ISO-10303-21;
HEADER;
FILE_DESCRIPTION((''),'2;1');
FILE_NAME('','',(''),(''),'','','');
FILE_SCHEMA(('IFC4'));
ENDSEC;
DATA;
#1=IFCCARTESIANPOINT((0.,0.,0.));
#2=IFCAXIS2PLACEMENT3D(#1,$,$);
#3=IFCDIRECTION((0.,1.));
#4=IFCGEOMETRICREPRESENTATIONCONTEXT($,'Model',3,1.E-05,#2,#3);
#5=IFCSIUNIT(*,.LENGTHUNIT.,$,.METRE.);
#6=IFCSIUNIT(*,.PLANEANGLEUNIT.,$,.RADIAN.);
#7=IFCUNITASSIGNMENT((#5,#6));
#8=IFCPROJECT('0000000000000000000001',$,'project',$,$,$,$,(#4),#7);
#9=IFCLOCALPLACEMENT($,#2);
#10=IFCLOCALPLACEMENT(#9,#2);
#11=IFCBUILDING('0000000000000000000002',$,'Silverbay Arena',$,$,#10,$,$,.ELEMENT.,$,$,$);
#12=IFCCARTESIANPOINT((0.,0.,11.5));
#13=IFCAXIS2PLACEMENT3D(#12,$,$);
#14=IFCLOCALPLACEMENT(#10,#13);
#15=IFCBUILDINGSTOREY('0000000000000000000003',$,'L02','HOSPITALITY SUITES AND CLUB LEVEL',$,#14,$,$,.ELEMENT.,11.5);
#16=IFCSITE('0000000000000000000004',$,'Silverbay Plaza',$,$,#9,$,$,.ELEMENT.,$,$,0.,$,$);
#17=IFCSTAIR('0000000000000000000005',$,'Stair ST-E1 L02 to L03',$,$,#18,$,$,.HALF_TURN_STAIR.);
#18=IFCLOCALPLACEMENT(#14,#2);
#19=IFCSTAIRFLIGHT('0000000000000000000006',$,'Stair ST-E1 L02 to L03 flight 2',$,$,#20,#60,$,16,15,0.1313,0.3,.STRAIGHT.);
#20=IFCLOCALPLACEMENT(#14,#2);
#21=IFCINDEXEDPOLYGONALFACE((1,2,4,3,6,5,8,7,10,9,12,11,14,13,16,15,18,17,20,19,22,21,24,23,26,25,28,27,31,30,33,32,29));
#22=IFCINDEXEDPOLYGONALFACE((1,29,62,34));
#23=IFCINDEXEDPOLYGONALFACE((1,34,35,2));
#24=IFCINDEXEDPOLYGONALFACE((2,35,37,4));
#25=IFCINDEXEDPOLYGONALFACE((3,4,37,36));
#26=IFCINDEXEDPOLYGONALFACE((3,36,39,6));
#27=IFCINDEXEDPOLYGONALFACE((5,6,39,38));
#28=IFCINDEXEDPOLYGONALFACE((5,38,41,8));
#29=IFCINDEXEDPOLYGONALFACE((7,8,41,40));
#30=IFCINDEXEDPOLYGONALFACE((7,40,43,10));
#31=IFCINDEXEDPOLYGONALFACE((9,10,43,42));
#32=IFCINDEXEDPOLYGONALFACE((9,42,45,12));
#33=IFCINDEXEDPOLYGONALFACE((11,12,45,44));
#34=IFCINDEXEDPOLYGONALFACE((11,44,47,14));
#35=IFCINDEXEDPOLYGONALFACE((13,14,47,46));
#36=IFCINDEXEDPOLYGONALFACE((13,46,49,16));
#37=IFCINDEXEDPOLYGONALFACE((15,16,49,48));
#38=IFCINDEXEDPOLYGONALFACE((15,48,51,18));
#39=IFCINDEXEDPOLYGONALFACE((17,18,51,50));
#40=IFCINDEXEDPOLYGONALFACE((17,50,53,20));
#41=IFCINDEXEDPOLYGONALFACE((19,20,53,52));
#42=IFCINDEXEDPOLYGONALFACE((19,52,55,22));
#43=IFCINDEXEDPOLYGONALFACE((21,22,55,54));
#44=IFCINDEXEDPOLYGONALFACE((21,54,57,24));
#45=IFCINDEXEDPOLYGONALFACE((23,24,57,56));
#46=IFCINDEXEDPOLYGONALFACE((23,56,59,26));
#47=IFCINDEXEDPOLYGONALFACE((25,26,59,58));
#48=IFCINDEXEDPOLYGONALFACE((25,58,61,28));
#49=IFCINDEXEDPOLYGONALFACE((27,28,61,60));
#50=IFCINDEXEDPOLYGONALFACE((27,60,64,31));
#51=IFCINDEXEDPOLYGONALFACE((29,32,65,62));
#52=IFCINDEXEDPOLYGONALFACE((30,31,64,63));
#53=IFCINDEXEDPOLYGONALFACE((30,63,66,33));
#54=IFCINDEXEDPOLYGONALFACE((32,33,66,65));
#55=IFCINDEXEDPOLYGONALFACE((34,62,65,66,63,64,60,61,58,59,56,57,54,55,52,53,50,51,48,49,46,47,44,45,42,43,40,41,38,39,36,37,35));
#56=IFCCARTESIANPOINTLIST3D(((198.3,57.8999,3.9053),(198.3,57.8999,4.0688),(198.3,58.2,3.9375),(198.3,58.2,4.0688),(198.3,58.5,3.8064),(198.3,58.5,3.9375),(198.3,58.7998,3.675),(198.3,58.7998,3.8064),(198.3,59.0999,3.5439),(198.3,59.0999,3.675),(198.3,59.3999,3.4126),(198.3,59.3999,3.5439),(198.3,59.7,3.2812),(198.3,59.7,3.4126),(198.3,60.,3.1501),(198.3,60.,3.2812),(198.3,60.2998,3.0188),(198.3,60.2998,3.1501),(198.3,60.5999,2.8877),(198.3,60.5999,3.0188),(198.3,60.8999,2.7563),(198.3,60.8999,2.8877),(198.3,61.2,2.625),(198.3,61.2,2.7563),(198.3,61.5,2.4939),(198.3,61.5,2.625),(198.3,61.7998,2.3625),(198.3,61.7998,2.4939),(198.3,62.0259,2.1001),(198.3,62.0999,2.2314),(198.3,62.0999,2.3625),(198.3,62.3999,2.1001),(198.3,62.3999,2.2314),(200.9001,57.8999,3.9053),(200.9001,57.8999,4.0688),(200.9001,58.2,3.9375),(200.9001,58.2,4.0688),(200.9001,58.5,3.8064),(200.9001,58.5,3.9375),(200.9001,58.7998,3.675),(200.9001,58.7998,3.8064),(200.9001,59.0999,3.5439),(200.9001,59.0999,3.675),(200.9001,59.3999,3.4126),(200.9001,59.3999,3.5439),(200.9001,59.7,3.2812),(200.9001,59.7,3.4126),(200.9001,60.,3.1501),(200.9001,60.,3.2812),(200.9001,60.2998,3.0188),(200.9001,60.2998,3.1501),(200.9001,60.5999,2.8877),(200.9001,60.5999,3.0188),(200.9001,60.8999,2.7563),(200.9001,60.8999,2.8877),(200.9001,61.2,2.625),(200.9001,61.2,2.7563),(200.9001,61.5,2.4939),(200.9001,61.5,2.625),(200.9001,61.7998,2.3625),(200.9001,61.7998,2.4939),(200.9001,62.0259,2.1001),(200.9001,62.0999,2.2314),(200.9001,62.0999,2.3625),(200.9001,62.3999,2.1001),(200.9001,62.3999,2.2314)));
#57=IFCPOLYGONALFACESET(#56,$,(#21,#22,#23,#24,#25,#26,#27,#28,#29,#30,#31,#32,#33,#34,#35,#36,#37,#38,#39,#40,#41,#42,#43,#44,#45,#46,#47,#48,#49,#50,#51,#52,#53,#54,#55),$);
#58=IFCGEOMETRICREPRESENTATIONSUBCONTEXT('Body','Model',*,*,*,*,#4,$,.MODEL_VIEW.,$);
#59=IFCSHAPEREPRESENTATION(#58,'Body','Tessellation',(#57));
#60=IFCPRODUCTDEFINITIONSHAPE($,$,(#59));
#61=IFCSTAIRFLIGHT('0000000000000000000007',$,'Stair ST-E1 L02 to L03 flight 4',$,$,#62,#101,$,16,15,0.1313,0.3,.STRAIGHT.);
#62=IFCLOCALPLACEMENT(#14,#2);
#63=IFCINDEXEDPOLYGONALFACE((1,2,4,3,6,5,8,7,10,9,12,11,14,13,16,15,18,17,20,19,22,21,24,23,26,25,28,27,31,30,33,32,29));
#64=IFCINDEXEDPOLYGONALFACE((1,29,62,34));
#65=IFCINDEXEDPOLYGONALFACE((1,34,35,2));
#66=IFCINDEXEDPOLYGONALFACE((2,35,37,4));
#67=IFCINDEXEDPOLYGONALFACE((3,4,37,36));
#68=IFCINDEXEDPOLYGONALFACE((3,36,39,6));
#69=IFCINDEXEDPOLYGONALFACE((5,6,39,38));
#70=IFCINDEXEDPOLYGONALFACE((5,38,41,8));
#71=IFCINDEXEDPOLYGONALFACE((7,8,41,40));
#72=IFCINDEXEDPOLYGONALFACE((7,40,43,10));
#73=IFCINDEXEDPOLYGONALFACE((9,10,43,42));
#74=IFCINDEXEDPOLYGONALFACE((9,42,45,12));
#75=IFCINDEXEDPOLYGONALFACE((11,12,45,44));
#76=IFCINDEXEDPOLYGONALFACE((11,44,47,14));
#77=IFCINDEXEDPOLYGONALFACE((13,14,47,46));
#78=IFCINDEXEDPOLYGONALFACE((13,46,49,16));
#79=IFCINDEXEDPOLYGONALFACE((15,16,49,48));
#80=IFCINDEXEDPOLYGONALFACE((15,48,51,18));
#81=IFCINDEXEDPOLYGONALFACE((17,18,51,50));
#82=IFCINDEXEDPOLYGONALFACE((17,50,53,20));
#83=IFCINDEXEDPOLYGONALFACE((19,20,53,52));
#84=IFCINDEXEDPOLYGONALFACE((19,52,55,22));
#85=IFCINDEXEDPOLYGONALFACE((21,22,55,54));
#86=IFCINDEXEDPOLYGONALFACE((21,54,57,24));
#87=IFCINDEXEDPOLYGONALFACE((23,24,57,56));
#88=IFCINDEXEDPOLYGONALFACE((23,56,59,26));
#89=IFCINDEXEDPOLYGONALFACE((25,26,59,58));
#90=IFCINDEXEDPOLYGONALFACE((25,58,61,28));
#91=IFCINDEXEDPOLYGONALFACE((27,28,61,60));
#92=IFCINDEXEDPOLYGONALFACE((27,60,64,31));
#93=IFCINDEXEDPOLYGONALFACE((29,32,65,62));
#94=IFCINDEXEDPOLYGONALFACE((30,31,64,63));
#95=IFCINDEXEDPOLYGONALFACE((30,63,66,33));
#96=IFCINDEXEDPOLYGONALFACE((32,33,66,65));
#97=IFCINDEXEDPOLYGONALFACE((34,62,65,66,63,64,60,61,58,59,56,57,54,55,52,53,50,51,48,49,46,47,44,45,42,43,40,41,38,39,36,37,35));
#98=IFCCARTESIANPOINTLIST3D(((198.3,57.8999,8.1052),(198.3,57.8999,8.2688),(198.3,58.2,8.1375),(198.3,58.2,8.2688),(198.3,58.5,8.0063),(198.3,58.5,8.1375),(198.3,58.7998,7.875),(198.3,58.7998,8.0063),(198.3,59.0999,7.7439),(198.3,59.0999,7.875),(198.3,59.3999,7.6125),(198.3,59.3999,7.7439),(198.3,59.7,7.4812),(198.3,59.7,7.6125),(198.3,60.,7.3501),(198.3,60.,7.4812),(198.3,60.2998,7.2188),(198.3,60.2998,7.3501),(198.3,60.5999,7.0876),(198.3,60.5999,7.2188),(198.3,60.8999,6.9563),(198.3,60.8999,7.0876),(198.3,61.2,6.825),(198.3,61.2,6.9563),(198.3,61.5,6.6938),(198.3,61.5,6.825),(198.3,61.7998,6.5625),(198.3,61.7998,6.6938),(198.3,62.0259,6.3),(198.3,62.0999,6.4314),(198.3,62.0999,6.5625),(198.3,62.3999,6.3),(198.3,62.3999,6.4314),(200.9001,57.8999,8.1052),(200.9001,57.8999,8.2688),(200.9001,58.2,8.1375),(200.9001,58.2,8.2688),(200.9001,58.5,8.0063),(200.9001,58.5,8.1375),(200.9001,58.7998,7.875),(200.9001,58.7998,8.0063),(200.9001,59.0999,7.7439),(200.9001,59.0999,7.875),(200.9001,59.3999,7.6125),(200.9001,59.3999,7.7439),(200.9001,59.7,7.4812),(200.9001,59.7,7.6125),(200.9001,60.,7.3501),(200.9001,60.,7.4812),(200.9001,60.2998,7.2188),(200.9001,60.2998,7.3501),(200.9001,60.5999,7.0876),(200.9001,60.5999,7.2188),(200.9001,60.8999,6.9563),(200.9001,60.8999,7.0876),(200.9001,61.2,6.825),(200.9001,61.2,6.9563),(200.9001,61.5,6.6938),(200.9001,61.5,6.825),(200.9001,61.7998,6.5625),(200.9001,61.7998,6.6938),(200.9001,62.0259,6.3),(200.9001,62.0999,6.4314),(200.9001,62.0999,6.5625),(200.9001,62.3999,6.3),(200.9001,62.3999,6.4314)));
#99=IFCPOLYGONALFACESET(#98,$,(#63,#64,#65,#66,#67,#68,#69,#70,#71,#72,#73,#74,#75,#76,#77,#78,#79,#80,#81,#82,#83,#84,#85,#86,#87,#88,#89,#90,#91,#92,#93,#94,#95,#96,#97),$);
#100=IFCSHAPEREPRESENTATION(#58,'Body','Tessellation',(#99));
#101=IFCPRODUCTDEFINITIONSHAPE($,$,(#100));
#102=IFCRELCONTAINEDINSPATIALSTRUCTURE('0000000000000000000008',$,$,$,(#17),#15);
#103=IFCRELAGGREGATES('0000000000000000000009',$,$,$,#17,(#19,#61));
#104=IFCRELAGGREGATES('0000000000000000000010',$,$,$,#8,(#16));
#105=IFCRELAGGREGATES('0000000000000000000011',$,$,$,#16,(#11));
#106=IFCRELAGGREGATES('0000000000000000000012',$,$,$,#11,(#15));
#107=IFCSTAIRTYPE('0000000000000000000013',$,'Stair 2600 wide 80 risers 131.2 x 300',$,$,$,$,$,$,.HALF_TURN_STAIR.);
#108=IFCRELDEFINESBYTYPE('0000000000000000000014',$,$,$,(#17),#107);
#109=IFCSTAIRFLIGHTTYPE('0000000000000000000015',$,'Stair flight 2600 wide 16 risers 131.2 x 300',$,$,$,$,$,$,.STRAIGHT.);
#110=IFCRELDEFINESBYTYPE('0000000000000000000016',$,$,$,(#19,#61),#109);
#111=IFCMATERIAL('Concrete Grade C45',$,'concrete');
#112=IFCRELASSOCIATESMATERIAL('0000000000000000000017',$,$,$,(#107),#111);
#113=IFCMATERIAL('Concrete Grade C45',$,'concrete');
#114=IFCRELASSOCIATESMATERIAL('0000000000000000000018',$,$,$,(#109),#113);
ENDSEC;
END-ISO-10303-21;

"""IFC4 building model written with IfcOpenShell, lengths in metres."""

from ifc_helpers import new_model, si_unit, direction, frame, origin, place, context, subcontext, project, spatial, polyline, outline, extrude, material, type_object, element, aggregate, save


model = new_model("IFC4")

# Units and contexts
model_context = context("Model", 3, precision=1e-05, world=origin(), true_north=direction((0.0, 1.0)))
body_context = subcontext(model_context, "Body", "Model", "MODEL_VIEW")
ifc_project = project(units=[si_unit("LENGTHUNIT", "METRE"), si_unit("PLANEANGLEUNIT", "RADIAN")], contexts=[model_context])

# Site, building, storey
site_placement = place(None, origin())
site = spatial("IfcSite", under=ifc_project, at=site_placement, Name="Silverbay Plaza", CompositionType="ELEMENT", RefElevation=0.0)
building_placement = place(site_placement, origin())
building = spatial("IfcBuilding", under=site, at=building_placement, Name="Silverbay Arena", CompositionType="ELEMENT")
storey_placement = place(building_placement, frame((0.0, 0.0, 11.5)))
storey = spatial("IfcBuildingStorey", under=building, at=storey_placement, Name="L02", Description="HOSPITALITY SUITES AND CLUB LEVEL", CompositionType="ELEMENT", Elevation=11.5)

# Stair, stair flights
ifc_material_1 = material(Name="Concrete Grade C45", Category="concrete")
stair_type = type_object("IfcStairType", Name="Stair 2600 wide 80 risers 131.2 x 300", PredefinedType="HALF_TURN_STAIR", material=ifc_material_1)
stair_placement = place(storey_placement, origin())
stair = element("IfcStair", 1, at=stair_placement, inside=storey, type_object=stair_type, Name="Stair ST-E1 L02 to L03", PredefinedType="HALF_TURN_STAIR")
ifc_material_2 = material(Name="Concrete Grade C45", Category="concrete")
stair_flight_type = type_object("IfcStairFlightType", Name="Stair flight 2600 wide 16 risers 131.2 x 300", PredefinedType="STRAIGHT", material=ifc_material_2)
stair_flight_1_placement = place(storey_placement, frame((199.6001, 62.3999, 2.1001), z_axis=(0.0, 0.0, 1.0), x_axis=(0.0, -1.0, 0.0)))
stair_flight_1 = element("IfcStairFlight", 2, at=stair_flight_1_placement, type_object=stair_flight_type, Name="Stair ST-E1 L02 to L03 flight 2", NumberOfRisers=16, NumberOfTreads=15, PredefinedType="STRAIGHT", RiserHeight=0.1313, TreadLength=0.3, context=body_context, shape_type="SweptSolid", body=[
    extrude(outline(polyline([(0.0, 0.0), (0.0, 0.1313), (0.3, 0.1313), (0.3, 0.2625), (0.6001, 0.2625), (0.6001, 0.3938), (0.8999, 0.3938), (0.8999, 0.5249), (1.2, 0.5249), (1.2, 0.6562), (1.5, 0.6562), (1.5, 0.7876), (1.8, 0.7876), (1.8, 0.9187), (2.1001, 0.9187), (2.1001, 1.05), (2.3999, 1.05), (2.3999, 1.1812), (2.7, 1.1812), (2.7, 1.3125), (3.0, 1.3125), (3.0, 1.4438), (3.3, 1.4438), (3.3, 1.575), (3.6001, 1.575), (3.6001, 1.7063), (3.8999, 1.7063), (3.8999, 1.8374), (4.2, 1.8374), (4.2, 1.9688), (4.5, 1.9688), (4.5, 1.8052), (0.374, 0.0), (0.0, 0.0)])), frame((0.0, 1.3, 0.0), z_axis=(0.0, -1.0, 0.0), x_axis=(1.0, 0.0, 0.0)), (0.0, 0.0, 1.0), 2.6001),
])
stair_flight_2_placement = place(storey_placement, frame((199.6001, 62.3999, 6.3), z_axis=(0.0, 0.0, 1.0), x_axis=(0.0, -1.0, 0.0)))
stair_flight_2 = element("IfcStairFlight", 3, at=stair_flight_2_placement, type_object=stair_flight_type, Name="Stair ST-E1 L02 to L03 flight 4", NumberOfRisers=16, NumberOfTreads=15, PredefinedType="STRAIGHT", RiserHeight=0.1313, TreadLength=0.3, context=body_context, shape_type="SweptSolid", body=[
    extrude(outline(polyline([(0.0, 0.0), (0.0, 0.1313), (0.3, 0.1313), (0.3, 0.2625), (0.6001, 0.2625), (0.6001, 0.3938), (0.8999, 0.3938), (0.8999, 0.5249), (1.2, 0.5249), (1.2, 0.6562), (1.5, 0.6562), (1.5, 0.7876), (1.8, 0.7876), (1.8, 0.9187), (2.1001, 0.9187), (2.1001, 1.05), (2.3999, 1.05), (2.3999, 1.1812), (2.7, 1.1812), (2.7, 1.3125), (3.0, 1.3125), (3.0, 1.4438), (3.3, 1.4438), (3.3, 1.575), (3.6001, 1.575), (3.6001, 1.7063), (3.8999, 1.7063), (3.8999, 1.8374), (4.2, 1.8374), (4.2, 1.9688), (4.5, 1.9688), (4.5, 1.8052), (0.374, 0.0), (0.0, 0.0)])), frame((0.0, 1.3, 0.0), z_axis=(0.0, -1.0, 0.0), x_axis=(1.0, 0.0, 0.0)), (0.0, 0.0, 1.0), 2.6001),
])
aggregate(stair, [stair_flight_1, stair_flight_2])

save(model, "model.ifc")
